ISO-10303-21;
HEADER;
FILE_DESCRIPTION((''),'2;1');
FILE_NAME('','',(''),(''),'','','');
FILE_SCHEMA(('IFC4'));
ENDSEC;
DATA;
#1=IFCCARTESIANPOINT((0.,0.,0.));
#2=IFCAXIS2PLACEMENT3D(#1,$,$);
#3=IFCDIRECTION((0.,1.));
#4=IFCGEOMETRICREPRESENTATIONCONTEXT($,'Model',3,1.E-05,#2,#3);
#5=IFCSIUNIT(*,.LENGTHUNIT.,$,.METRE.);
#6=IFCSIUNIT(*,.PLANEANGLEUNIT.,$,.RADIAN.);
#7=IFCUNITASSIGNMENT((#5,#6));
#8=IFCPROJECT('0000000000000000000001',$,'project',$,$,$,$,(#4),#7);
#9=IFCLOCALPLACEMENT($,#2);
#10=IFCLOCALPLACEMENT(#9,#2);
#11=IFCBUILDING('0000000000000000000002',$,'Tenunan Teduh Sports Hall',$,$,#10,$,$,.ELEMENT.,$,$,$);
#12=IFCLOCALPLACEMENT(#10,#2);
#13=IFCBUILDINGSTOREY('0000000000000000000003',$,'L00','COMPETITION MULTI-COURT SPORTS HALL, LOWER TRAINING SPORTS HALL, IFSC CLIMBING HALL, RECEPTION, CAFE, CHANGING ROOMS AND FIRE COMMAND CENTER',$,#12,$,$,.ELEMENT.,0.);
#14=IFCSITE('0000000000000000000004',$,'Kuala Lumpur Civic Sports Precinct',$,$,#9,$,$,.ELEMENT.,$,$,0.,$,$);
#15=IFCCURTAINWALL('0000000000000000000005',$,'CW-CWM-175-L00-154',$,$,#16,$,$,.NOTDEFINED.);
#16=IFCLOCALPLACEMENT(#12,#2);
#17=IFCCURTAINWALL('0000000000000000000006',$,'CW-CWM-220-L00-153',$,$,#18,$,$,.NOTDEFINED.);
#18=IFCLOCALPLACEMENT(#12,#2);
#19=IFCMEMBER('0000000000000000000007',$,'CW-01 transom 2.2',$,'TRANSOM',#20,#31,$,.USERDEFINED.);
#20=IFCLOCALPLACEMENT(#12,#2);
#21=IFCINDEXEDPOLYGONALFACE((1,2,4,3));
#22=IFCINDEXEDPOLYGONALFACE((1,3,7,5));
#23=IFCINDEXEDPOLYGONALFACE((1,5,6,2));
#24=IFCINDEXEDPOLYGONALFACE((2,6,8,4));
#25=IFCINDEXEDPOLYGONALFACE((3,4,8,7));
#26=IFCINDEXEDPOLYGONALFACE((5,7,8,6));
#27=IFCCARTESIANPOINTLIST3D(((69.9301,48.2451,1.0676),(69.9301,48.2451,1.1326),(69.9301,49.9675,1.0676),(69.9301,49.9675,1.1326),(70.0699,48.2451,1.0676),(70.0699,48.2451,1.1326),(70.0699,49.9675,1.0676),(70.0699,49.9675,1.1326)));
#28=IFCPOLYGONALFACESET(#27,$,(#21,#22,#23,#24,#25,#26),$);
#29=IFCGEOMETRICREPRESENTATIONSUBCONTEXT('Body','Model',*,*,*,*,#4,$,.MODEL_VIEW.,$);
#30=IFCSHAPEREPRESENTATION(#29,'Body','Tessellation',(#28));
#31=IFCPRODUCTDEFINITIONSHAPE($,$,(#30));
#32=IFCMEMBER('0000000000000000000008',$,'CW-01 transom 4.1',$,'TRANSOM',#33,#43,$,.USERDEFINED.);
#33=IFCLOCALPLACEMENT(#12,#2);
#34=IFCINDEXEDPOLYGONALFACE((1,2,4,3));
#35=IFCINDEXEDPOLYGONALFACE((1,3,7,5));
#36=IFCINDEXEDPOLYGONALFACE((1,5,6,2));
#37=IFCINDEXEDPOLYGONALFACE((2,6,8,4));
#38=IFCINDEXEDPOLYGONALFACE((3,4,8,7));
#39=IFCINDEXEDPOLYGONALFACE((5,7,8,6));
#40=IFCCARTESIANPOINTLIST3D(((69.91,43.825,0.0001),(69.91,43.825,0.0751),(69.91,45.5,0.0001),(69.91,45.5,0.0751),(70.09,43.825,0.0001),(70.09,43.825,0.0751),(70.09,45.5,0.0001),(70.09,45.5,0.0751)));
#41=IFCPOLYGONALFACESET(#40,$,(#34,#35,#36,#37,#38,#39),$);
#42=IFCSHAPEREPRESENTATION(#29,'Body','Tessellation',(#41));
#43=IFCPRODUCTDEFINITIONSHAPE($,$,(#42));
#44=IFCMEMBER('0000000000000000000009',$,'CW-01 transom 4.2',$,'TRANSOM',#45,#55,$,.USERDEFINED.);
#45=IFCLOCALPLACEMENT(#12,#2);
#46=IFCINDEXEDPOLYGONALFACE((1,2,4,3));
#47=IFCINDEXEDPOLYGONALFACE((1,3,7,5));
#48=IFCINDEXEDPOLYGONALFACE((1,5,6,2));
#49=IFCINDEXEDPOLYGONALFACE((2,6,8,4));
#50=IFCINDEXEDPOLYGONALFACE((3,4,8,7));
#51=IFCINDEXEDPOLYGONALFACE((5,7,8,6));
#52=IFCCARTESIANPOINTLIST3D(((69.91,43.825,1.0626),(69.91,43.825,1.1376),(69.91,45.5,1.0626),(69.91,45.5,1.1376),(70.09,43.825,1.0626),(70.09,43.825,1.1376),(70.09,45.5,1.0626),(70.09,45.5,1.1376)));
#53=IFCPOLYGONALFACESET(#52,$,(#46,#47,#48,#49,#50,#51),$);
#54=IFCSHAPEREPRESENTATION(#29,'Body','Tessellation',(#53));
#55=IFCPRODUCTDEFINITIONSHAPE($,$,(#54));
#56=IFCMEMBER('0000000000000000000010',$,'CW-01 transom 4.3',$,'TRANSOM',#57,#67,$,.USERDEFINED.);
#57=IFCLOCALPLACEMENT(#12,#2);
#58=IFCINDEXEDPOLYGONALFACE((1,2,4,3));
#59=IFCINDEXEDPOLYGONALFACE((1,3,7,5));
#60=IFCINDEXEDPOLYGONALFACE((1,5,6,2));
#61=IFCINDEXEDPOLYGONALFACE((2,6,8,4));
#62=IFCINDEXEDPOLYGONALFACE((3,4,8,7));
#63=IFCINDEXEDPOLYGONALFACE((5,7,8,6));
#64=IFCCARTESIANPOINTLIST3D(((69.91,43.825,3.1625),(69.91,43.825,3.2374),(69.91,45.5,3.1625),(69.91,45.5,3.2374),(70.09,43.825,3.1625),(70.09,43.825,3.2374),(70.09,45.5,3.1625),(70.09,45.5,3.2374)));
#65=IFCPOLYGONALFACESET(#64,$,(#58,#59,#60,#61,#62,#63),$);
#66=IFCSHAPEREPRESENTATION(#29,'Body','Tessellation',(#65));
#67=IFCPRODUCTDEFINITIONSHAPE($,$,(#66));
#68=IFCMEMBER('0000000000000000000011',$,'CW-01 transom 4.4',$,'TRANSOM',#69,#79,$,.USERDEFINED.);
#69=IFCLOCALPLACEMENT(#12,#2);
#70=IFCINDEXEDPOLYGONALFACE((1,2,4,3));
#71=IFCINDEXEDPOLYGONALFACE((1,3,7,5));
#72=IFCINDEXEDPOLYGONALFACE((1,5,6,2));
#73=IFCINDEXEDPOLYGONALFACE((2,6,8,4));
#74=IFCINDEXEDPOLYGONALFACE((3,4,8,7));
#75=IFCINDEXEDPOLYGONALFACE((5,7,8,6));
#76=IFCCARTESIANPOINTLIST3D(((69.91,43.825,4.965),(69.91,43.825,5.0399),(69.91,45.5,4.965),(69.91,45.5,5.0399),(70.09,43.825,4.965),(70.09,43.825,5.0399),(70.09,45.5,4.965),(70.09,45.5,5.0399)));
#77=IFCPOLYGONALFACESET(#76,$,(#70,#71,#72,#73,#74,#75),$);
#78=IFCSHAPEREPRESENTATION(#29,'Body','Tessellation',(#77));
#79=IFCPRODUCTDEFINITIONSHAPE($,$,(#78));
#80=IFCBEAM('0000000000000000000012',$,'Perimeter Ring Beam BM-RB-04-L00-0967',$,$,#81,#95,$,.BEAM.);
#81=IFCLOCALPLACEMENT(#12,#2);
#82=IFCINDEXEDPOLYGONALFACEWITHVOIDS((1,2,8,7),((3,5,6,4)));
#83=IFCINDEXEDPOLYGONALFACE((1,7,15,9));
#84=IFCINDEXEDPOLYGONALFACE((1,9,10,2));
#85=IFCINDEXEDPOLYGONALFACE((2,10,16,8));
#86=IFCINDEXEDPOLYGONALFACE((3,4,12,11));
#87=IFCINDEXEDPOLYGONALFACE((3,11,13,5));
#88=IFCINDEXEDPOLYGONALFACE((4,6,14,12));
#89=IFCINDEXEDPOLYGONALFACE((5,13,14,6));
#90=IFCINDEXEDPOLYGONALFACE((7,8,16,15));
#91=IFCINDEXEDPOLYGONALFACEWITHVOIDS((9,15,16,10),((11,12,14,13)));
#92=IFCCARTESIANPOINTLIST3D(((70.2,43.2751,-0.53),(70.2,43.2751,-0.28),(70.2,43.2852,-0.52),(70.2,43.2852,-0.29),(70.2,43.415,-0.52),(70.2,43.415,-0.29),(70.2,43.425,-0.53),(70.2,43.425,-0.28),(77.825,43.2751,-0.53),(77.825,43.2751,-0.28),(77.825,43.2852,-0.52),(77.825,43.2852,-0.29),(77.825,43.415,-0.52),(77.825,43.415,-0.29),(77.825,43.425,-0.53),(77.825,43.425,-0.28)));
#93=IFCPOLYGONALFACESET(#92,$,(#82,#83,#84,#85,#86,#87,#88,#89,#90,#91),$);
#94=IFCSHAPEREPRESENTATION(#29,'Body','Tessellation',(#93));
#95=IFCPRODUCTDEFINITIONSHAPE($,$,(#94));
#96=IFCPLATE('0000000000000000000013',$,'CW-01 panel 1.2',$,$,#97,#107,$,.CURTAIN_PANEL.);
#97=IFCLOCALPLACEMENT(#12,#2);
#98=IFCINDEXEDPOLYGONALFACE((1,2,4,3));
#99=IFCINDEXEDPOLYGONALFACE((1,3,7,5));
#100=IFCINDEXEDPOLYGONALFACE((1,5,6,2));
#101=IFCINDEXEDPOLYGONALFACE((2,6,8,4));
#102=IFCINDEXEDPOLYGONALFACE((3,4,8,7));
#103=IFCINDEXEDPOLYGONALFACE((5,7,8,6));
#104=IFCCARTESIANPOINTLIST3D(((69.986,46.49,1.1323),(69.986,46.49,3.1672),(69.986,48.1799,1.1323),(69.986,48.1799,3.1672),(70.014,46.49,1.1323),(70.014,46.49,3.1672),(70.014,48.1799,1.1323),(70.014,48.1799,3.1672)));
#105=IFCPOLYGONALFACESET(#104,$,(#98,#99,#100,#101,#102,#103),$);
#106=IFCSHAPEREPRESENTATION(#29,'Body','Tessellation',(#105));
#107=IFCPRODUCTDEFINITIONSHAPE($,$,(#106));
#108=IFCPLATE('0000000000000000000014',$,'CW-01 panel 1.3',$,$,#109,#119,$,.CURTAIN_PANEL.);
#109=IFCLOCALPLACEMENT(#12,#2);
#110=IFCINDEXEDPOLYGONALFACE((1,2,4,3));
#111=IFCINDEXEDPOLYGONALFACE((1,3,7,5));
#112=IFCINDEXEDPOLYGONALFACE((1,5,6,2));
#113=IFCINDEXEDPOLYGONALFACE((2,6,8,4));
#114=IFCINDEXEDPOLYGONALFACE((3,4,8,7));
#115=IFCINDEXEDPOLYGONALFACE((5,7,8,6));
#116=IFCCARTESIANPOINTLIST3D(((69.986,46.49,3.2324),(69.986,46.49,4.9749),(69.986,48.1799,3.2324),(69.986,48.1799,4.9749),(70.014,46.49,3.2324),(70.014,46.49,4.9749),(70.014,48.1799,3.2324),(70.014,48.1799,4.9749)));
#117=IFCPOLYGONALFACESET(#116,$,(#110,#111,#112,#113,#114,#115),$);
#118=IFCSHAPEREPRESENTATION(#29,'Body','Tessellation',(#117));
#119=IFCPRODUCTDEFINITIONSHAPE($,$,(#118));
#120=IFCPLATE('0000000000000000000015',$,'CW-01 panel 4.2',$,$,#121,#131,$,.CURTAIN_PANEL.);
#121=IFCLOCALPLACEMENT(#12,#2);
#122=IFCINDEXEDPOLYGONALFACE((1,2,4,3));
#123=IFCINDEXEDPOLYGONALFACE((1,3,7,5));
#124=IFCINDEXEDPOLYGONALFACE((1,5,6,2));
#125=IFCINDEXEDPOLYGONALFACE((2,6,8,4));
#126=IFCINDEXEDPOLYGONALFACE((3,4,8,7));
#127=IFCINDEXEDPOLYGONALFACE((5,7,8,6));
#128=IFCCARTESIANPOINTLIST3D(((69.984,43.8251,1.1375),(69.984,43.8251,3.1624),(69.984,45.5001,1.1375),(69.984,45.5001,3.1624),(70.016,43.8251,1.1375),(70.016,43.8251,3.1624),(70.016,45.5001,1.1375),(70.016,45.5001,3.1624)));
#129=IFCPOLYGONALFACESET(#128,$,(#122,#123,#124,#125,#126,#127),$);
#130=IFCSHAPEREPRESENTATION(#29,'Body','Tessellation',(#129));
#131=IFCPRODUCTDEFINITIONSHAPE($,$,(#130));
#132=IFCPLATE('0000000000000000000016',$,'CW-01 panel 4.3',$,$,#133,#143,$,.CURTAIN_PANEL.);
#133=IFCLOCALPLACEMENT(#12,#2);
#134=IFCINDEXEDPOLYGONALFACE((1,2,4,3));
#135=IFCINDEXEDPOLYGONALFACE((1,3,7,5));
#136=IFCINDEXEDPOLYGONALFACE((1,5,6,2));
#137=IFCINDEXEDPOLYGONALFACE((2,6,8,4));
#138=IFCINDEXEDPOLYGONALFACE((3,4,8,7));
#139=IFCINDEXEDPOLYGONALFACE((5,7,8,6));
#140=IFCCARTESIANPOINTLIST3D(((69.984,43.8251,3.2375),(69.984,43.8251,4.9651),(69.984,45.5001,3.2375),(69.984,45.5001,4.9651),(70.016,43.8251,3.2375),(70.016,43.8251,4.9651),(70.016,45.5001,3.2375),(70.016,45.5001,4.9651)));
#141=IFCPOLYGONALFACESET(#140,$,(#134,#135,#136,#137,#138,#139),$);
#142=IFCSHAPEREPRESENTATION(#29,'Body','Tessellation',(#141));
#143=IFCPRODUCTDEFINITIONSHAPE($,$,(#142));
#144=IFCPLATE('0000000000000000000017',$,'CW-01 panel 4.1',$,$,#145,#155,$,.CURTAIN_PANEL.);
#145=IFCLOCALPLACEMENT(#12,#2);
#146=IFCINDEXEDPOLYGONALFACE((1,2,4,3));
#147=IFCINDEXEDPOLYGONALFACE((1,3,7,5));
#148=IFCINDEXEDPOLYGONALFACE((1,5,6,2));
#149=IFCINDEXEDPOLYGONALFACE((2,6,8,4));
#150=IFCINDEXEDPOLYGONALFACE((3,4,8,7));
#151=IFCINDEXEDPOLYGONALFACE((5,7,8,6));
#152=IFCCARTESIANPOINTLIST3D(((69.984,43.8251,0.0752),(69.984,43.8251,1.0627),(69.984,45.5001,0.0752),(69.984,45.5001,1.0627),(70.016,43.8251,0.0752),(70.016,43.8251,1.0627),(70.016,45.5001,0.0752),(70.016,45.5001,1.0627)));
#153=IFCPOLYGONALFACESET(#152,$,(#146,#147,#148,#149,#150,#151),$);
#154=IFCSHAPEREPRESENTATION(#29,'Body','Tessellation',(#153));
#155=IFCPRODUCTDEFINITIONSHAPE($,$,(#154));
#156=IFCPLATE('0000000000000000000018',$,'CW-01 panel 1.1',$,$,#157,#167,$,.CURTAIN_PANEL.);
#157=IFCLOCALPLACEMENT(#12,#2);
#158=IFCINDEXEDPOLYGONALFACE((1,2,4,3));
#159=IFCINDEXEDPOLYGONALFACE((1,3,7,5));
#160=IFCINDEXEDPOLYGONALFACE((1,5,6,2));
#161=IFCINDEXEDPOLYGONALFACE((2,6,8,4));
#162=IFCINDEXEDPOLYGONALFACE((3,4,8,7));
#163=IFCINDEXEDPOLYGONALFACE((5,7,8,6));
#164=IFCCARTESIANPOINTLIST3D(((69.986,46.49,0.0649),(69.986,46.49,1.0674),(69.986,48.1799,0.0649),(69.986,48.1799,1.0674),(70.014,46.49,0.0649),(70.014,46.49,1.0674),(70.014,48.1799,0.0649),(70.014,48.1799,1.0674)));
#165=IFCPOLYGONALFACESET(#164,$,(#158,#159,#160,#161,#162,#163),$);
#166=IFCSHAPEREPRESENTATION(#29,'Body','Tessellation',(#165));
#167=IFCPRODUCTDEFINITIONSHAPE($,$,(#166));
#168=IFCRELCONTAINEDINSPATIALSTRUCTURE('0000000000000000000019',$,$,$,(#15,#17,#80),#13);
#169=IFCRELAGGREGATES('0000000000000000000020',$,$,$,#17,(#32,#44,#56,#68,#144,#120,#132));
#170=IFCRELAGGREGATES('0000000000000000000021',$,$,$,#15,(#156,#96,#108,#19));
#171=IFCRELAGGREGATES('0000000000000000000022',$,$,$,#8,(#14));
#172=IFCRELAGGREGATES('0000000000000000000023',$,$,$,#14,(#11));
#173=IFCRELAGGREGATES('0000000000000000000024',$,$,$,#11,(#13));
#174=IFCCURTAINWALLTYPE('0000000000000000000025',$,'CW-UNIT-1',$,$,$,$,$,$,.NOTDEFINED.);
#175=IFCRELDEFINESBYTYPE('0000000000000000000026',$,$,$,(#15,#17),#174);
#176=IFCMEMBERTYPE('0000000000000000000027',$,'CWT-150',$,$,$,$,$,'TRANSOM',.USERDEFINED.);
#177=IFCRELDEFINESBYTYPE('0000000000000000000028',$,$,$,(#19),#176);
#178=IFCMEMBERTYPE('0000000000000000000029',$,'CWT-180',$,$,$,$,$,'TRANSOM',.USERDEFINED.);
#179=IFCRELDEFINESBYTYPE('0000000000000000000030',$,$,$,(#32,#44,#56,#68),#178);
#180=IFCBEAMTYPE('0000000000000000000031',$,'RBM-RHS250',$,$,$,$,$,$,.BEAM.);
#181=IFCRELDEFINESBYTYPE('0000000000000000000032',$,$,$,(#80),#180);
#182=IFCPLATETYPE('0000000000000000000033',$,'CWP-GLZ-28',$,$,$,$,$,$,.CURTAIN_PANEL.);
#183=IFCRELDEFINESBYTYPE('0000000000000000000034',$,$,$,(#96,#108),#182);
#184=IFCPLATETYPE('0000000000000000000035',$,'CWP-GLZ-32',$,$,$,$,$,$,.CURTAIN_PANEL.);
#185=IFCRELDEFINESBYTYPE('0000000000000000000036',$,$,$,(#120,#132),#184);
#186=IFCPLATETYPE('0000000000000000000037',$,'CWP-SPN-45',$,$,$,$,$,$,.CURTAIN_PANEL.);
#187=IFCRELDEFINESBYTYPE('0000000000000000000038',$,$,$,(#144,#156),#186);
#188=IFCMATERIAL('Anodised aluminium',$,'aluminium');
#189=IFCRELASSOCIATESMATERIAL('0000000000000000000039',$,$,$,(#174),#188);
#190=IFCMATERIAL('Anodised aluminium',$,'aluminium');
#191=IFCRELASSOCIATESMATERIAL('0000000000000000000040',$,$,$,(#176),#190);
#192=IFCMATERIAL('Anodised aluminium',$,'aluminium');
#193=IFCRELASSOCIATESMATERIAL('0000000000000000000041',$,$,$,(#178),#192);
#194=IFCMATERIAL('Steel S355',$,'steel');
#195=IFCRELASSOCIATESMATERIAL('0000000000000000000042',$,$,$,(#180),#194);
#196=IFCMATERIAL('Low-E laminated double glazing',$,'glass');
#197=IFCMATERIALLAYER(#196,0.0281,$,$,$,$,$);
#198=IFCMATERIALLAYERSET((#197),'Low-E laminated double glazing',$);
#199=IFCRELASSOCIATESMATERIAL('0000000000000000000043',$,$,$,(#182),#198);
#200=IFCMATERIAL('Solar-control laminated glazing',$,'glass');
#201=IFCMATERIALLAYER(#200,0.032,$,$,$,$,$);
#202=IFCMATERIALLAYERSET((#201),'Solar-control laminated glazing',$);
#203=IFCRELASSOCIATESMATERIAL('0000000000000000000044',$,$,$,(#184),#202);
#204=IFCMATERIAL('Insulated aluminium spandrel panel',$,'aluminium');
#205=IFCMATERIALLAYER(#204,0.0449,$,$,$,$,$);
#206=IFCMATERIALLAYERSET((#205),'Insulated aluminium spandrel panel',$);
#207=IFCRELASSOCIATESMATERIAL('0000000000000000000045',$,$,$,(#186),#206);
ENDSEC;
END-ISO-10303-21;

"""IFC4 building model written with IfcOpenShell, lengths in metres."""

from ifc_helpers import new_model, si_unit, direction, frame, origin, origin_2d, place, context, subcontext, project, spatial, rectangle, hollow_rectangle, extrude, material, layer, layer_set, material_profile, profile_set, type_object, element, aggregate, save


model = new_model("IFC4")

# Units and contexts
model_context = context("Model", 3, precision=1e-05, world=origin(), true_north=direction((0.0, 1.0)))
body_context = subcontext(model_context, "Body", "Model", "MODEL_VIEW")
ifc_project = project(units=[si_unit("LENGTHUNIT", "METRE"), si_unit("PLANEANGLEUNIT", "RADIAN")], contexts=[model_context])

# Site, building, storey
site_placement = place(None, origin())
site = spatial("IfcSite", under=ifc_project, at=site_placement, Name="Kuala Lumpur Civic Sports Precinct", CompositionType="ELEMENT", RefElevation=0.0)
building_placement = place(site_placement, origin())
building = spatial("IfcBuilding", under=site, at=building_placement, Name="Tenunan Teduh Sports Hall", CompositionType="ELEMENT")
storey_placement = place(building_placement, origin())
storey = spatial("IfcBuildingStorey", under=building, at=storey_placement, Name="L00", Description="COMPETITION MULTI-COURT SPORTS HALL, LOWER TRAINING SPORTS HALL, IFSC CLIMBING HALL, RECEPTION, CAFE, CHANGING ROOMS AND FIRE COMMAND CENTER", CompositionType="ELEMENT", Elevation=0.0)

# Curtain wall
ifc_material_1 = material(Name="Anodised aluminium", Category="aluminium")
curtain_wall_type = type_object("IfcCurtainWallType", Name="CW-UNIT-1", PredefinedType="NOTDEFINED", material=ifc_material_1)
curtain_wall_1_placement = place(storey_placement, origin())
curtain_wall_1 = element("IfcCurtainWall", 1, at=curtain_wall_1_placement, inside=storey, type_object=curtain_wall_type, Name="CW-CWM-175-L00-154", PredefinedType="NOTDEFINED")

# Curtain wall
curtain_wall_2_placement = place(storey_placement, origin())
curtain_wall_2 = element("IfcCurtainWall", 2, at=curtain_wall_2_placement, inside=storey, type_object=curtain_wall_type, Name="CW-CWM-220-L00-153", PredefinedType="NOTDEFINED")

# Members
ifc_material_2 = material(Name="Anodised aluminium", Category="aluminium")
ifc_material_profile_1 = material_profile(ifc_material_2, rectangle(XDim=0.0649, YDim=0.1399, at=origin_2d()), Name="CWT 65x140")
ifc_profile_set_1 = profile_set([ifc_material_profile_1], Name="Anodised aluminium")
member_type_1 = type_object("IfcMemberType", Name="CWT-150", ElementType="TRANSOM", PredefinedType="USERDEFINED", material=ifc_profile_set_1)
member_1_placement = place(storey_placement, frame((70.0, 48.2451, 1.1001), z_axis=(0.0, 1.0, 0.0), x_axis=(0.0, 0.0, 1.0)))
member_1 = element("IfcMember", 3, at=member_1_placement, type_object=member_type_1, Name="CW-01 transom 2.2", ObjectType="TRANSOM", PredefinedType="USERDEFINED", context=body_context, shape_type="SweptSolid", body=[
    extrude(rectangle(XDim=0.0649, YDim=0.1399, at=origin_2d()), origin(), (0.0, 0.0, 1.0), 1.7224),
])
ifc_material_3 = material(Name="Anodised aluminium", Category="aluminium")
ifc_material_profile_2 = material_profile(ifc_material_3, rectangle(XDim=0.075, YDim=0.1799, at=origin_2d()), Name="CWT 75x180")
ifc_profile_set_2 = profile_set([ifc_material_profile_2], Name="Anodised aluminium")
member_type_2 = type_object("IfcMemberType", Name="CWT-180", ElementType="TRANSOM", PredefinedType="USERDEFINED", material=ifc_profile_set_2)
member_2_placement = place(storey_placement, frame((70.0, 43.825, 0.0376), z_axis=(0.0, 1.0, 0.0), x_axis=(0.0, 0.0, 1.0)))
member_2 = element("IfcMember", 4, at=member_2_placement, type_object=member_type_2, Name="CW-01 transom 4.1", ObjectType="TRANSOM", PredefinedType="USERDEFINED", context=body_context, shape_type="SweptSolid", body=[
    extrude(rectangle(XDim=0.075, YDim=0.1799, at=origin_2d()), origin(), (0.0, 0.0, 1.0), 1.675),
])
member_3_placement = place(storey_placement, frame((70.0, 43.825, 1.1001), z_axis=(0.0, 1.0, 0.0), x_axis=(0.0, 0.0, 1.0)))
member_3 = element("IfcMember", 5, at=member_3_placement, type_object=member_type_2, Name="CW-01 transom 4.2", ObjectType="TRANSOM", PredefinedType="USERDEFINED", context=body_context, shape_type="SweptSolid", body=[
    extrude(rectangle(XDim=0.075, YDim=0.1799, at=origin_2d()), origin(), (0.0, 0.0, 1.0), 1.675),
])
member_4_placement = place(storey_placement, frame((70.0, 43.825, 3.2), z_axis=(0.0, 1.0, 0.0), x_axis=(0.0, 0.0, 1.0)))
member_4 = element("IfcMember", 6, at=member_4_placement, type_object=member_type_2, Name="CW-01 transom 4.3", ObjectType="TRANSOM", PredefinedType="USERDEFINED", context=body_context, shape_type="SweptSolid", body=[
    extrude(rectangle(XDim=0.075, YDim=0.1799, at=origin_2d()), origin(), (0.0, 0.0, 1.0), 1.675),
])
member_5_placement = place(storey_placement, frame((70.0, 43.825, 5.0024), z_axis=(0.0, 1.0, 0.0), x_axis=(0.0, 0.0, 1.0)))
member_5 = element("IfcMember", 7, at=member_5_placement, type_object=member_type_2, Name="CW-01 transom 4.4", ObjectType="TRANSOM", PredefinedType="USERDEFINED", context=body_context, shape_type="SweptSolid", body=[
    extrude(rectangle(XDim=0.075, YDim=0.1799, at=origin_2d()), origin(), (0.0, 0.0, 1.0), 1.675),
])

# Beam
ifc_material_4 = material(Name="Steel S355", Category="steel")
ifc_material_profile_3 = material_profile(ifc_material_4, hollow_rectangle(XDim=0.1499, YDim=0.25, WallThickness=0.01, at=origin_2d()), Name="RHS 250x150x10.0")
ifc_profile_set_3 = profile_set([ifc_material_profile_3], Name="Steel S355")
beam_type_1 = type_object("IfcBeamType", Name="RBM-RHS250", PredefinedType="BEAM", material=ifc_profile_set_3)
beam_1_placement = place(storey_placement, frame((70.2, 43.3501, -0.405), z_axis=(1.0, 0.0, 0.0), x_axis=(0.0, 1.0, 0.0)))
element("IfcBeam", 8, at=beam_1_placement, inside=storey, type_object=beam_type_1, Name="Perimeter Ring Beam BM-RB-04-L00-0967", PredefinedType="BEAM", context=body_context, shape_type="SweptSolid", body=[
    extrude(hollow_rectangle(XDim=0.1499, YDim=0.25, WallThickness=0.01, at=origin_2d()), origin(), (0.0, 0.0, 1.0), 7.625),
])

# Plates
ifc_material_5 = material(Name="Low-E laminated double glazing", Category="glass")
ifc_layer_1 = layer(ifc_material_5, 0.0281)
ifc_layer_set_1 = layer_set([ifc_layer_1], Name="Low-E laminated double glazing")
plate_type_1 = type_object("IfcPlateType", Name="CWP-GLZ-28", PredefinedType="CURTAIN_PANEL", material=ifc_layer_set_1)
plate_1_placement = place(storey_placement, frame((70.0, 47.335, 1.1323), z_axis=(0.0, 0.0, 1.0), x_axis=(0.0, 1.0, 0.0)))
plate_1 = element("IfcPlate", 9, at=plate_1_placement, type_object=plate_type_1, Name="CW-01 panel 1.2", PredefinedType="CURTAIN_PANEL", context=body_context, shape_type="SweptSolid", body=[
    extrude(rectangle(XDim=1.6899, YDim=0.0281, at=origin_2d()), origin(), (0.0, 0.0, 1.0), 2.0349),
])
plate_2_placement = place(storey_placement, frame((70.0, 47.335, 3.2324), z_axis=(0.0, 0.0, 1.0), x_axis=(0.0, 1.0, 0.0)))
plate_2 = element("IfcPlate", 10, at=plate_2_placement, type_object=plate_type_1, Name="CW-01 panel 1.3", PredefinedType="CURTAIN_PANEL", context=body_context, shape_type="SweptSolid", body=[
    extrude(rectangle(XDim=1.6899, YDim=0.0281, at=origin_2d()), origin(), (0.0, 0.0, 1.0), 1.7424),
])
ifc_material_6 = material(Name="Solar-control laminated glazing", Category="glass")
ifc_layer_2 = layer(ifc_material_6, 0.032)
ifc_layer_set_2 = layer_set([ifc_layer_2], Name="Solar-control laminated glazing")
plate_type_2 = type_object("IfcPlateType", Name="CWP-GLZ-32", PredefinedType="CURTAIN_PANEL", material=ifc_layer_set_2)
plate_3_placement = place(storey_placement, frame((70.0, 44.6626, 1.1375), z_axis=(0.0, 0.0, 1.0), x_axis=(0.0, 1.0, 0.0)))
plate_3 = element("IfcPlate", 11, at=plate_3_placement, type_object=plate_type_2, Name="CW-01 panel 4.2", PredefinedType="CURTAIN_PANEL", context=body_context, shape_type="SweptSolid", body=[
    extrude(rectangle(XDim=1.675, YDim=0.032, at=origin_2d()), origin(), (0.0, 0.0, 1.0), 2.0249),
])
plate_4_placement = place(storey_placement, frame((70.0, 44.6626, 3.2375), z_axis=(0.0, 0.0, 1.0), x_axis=(0.0, 1.0, 0.0)))
plate_4 = element("IfcPlate", 12, at=plate_4_placement, type_object=plate_type_2, Name="CW-01 panel 4.3", PredefinedType="CURTAIN_PANEL", context=body_context, shape_type="SweptSolid", body=[
    extrude(rectangle(XDim=1.675, YDim=0.032, at=origin_2d()), origin(), (0.0, 0.0, 1.0), 1.7275),
])
ifc_material_7 = material(Name="Insulated aluminium spandrel panel", Category="aluminium")
ifc_layer_3 = layer(ifc_material_7, 0.0449)
ifc_layer_set_3 = layer_set([ifc_layer_3], Name="Insulated aluminium spandrel panel")
plate_type_3 = type_object("IfcPlateType", Name="CWP-SPN-45", PredefinedType="CURTAIN_PANEL", material=ifc_layer_set_3)
plate_5_placement = place(storey_placement, frame((70.0, 44.6626, 0.0752), z_axis=(0.0, 0.0, 1.0), x_axis=(0.0, 1.0, 0.0)))
plate_5 = element("IfcPlate", 13, at=plate_5_placement, type_object=plate_type_3, Name="CW-01 panel 4.1", PredefinedType="CURTAIN_PANEL", context=body_context, shape_type="SweptSolid", body=[
    extrude(rectangle(XDim=1.675, YDim=0.032, at=origin_2d()), origin(), (0.0, 0.0, 1.0), 0.9875),
])
aggregate(curtain_wall_2, [member_2, member_3, member_4, member_5, plate_5, plate_3, plate_4])
plate_6_placement = place(storey_placement, frame((70.0, 47.335, 0.0649), z_axis=(0.0, 0.0, 1.0), x_axis=(0.0, 1.0, 0.0)))
plate_6 = element("IfcPlate", 14, at=plate_6_placement, type_object=plate_type_3, Name="CW-01 panel 1.1", PredefinedType="CURTAIN_PANEL", context=body_context, shape_type="SweptSolid", body=[
    extrude(rectangle(XDim=1.6899, YDim=0.0281, at=origin_2d()), origin(), (0.0, 0.0, 1.0), 1.0024),
])
aggregate(curtain_wall_1, [plate_6, plate_1, plate_2, member_1])

save(model, "model.ifc")
